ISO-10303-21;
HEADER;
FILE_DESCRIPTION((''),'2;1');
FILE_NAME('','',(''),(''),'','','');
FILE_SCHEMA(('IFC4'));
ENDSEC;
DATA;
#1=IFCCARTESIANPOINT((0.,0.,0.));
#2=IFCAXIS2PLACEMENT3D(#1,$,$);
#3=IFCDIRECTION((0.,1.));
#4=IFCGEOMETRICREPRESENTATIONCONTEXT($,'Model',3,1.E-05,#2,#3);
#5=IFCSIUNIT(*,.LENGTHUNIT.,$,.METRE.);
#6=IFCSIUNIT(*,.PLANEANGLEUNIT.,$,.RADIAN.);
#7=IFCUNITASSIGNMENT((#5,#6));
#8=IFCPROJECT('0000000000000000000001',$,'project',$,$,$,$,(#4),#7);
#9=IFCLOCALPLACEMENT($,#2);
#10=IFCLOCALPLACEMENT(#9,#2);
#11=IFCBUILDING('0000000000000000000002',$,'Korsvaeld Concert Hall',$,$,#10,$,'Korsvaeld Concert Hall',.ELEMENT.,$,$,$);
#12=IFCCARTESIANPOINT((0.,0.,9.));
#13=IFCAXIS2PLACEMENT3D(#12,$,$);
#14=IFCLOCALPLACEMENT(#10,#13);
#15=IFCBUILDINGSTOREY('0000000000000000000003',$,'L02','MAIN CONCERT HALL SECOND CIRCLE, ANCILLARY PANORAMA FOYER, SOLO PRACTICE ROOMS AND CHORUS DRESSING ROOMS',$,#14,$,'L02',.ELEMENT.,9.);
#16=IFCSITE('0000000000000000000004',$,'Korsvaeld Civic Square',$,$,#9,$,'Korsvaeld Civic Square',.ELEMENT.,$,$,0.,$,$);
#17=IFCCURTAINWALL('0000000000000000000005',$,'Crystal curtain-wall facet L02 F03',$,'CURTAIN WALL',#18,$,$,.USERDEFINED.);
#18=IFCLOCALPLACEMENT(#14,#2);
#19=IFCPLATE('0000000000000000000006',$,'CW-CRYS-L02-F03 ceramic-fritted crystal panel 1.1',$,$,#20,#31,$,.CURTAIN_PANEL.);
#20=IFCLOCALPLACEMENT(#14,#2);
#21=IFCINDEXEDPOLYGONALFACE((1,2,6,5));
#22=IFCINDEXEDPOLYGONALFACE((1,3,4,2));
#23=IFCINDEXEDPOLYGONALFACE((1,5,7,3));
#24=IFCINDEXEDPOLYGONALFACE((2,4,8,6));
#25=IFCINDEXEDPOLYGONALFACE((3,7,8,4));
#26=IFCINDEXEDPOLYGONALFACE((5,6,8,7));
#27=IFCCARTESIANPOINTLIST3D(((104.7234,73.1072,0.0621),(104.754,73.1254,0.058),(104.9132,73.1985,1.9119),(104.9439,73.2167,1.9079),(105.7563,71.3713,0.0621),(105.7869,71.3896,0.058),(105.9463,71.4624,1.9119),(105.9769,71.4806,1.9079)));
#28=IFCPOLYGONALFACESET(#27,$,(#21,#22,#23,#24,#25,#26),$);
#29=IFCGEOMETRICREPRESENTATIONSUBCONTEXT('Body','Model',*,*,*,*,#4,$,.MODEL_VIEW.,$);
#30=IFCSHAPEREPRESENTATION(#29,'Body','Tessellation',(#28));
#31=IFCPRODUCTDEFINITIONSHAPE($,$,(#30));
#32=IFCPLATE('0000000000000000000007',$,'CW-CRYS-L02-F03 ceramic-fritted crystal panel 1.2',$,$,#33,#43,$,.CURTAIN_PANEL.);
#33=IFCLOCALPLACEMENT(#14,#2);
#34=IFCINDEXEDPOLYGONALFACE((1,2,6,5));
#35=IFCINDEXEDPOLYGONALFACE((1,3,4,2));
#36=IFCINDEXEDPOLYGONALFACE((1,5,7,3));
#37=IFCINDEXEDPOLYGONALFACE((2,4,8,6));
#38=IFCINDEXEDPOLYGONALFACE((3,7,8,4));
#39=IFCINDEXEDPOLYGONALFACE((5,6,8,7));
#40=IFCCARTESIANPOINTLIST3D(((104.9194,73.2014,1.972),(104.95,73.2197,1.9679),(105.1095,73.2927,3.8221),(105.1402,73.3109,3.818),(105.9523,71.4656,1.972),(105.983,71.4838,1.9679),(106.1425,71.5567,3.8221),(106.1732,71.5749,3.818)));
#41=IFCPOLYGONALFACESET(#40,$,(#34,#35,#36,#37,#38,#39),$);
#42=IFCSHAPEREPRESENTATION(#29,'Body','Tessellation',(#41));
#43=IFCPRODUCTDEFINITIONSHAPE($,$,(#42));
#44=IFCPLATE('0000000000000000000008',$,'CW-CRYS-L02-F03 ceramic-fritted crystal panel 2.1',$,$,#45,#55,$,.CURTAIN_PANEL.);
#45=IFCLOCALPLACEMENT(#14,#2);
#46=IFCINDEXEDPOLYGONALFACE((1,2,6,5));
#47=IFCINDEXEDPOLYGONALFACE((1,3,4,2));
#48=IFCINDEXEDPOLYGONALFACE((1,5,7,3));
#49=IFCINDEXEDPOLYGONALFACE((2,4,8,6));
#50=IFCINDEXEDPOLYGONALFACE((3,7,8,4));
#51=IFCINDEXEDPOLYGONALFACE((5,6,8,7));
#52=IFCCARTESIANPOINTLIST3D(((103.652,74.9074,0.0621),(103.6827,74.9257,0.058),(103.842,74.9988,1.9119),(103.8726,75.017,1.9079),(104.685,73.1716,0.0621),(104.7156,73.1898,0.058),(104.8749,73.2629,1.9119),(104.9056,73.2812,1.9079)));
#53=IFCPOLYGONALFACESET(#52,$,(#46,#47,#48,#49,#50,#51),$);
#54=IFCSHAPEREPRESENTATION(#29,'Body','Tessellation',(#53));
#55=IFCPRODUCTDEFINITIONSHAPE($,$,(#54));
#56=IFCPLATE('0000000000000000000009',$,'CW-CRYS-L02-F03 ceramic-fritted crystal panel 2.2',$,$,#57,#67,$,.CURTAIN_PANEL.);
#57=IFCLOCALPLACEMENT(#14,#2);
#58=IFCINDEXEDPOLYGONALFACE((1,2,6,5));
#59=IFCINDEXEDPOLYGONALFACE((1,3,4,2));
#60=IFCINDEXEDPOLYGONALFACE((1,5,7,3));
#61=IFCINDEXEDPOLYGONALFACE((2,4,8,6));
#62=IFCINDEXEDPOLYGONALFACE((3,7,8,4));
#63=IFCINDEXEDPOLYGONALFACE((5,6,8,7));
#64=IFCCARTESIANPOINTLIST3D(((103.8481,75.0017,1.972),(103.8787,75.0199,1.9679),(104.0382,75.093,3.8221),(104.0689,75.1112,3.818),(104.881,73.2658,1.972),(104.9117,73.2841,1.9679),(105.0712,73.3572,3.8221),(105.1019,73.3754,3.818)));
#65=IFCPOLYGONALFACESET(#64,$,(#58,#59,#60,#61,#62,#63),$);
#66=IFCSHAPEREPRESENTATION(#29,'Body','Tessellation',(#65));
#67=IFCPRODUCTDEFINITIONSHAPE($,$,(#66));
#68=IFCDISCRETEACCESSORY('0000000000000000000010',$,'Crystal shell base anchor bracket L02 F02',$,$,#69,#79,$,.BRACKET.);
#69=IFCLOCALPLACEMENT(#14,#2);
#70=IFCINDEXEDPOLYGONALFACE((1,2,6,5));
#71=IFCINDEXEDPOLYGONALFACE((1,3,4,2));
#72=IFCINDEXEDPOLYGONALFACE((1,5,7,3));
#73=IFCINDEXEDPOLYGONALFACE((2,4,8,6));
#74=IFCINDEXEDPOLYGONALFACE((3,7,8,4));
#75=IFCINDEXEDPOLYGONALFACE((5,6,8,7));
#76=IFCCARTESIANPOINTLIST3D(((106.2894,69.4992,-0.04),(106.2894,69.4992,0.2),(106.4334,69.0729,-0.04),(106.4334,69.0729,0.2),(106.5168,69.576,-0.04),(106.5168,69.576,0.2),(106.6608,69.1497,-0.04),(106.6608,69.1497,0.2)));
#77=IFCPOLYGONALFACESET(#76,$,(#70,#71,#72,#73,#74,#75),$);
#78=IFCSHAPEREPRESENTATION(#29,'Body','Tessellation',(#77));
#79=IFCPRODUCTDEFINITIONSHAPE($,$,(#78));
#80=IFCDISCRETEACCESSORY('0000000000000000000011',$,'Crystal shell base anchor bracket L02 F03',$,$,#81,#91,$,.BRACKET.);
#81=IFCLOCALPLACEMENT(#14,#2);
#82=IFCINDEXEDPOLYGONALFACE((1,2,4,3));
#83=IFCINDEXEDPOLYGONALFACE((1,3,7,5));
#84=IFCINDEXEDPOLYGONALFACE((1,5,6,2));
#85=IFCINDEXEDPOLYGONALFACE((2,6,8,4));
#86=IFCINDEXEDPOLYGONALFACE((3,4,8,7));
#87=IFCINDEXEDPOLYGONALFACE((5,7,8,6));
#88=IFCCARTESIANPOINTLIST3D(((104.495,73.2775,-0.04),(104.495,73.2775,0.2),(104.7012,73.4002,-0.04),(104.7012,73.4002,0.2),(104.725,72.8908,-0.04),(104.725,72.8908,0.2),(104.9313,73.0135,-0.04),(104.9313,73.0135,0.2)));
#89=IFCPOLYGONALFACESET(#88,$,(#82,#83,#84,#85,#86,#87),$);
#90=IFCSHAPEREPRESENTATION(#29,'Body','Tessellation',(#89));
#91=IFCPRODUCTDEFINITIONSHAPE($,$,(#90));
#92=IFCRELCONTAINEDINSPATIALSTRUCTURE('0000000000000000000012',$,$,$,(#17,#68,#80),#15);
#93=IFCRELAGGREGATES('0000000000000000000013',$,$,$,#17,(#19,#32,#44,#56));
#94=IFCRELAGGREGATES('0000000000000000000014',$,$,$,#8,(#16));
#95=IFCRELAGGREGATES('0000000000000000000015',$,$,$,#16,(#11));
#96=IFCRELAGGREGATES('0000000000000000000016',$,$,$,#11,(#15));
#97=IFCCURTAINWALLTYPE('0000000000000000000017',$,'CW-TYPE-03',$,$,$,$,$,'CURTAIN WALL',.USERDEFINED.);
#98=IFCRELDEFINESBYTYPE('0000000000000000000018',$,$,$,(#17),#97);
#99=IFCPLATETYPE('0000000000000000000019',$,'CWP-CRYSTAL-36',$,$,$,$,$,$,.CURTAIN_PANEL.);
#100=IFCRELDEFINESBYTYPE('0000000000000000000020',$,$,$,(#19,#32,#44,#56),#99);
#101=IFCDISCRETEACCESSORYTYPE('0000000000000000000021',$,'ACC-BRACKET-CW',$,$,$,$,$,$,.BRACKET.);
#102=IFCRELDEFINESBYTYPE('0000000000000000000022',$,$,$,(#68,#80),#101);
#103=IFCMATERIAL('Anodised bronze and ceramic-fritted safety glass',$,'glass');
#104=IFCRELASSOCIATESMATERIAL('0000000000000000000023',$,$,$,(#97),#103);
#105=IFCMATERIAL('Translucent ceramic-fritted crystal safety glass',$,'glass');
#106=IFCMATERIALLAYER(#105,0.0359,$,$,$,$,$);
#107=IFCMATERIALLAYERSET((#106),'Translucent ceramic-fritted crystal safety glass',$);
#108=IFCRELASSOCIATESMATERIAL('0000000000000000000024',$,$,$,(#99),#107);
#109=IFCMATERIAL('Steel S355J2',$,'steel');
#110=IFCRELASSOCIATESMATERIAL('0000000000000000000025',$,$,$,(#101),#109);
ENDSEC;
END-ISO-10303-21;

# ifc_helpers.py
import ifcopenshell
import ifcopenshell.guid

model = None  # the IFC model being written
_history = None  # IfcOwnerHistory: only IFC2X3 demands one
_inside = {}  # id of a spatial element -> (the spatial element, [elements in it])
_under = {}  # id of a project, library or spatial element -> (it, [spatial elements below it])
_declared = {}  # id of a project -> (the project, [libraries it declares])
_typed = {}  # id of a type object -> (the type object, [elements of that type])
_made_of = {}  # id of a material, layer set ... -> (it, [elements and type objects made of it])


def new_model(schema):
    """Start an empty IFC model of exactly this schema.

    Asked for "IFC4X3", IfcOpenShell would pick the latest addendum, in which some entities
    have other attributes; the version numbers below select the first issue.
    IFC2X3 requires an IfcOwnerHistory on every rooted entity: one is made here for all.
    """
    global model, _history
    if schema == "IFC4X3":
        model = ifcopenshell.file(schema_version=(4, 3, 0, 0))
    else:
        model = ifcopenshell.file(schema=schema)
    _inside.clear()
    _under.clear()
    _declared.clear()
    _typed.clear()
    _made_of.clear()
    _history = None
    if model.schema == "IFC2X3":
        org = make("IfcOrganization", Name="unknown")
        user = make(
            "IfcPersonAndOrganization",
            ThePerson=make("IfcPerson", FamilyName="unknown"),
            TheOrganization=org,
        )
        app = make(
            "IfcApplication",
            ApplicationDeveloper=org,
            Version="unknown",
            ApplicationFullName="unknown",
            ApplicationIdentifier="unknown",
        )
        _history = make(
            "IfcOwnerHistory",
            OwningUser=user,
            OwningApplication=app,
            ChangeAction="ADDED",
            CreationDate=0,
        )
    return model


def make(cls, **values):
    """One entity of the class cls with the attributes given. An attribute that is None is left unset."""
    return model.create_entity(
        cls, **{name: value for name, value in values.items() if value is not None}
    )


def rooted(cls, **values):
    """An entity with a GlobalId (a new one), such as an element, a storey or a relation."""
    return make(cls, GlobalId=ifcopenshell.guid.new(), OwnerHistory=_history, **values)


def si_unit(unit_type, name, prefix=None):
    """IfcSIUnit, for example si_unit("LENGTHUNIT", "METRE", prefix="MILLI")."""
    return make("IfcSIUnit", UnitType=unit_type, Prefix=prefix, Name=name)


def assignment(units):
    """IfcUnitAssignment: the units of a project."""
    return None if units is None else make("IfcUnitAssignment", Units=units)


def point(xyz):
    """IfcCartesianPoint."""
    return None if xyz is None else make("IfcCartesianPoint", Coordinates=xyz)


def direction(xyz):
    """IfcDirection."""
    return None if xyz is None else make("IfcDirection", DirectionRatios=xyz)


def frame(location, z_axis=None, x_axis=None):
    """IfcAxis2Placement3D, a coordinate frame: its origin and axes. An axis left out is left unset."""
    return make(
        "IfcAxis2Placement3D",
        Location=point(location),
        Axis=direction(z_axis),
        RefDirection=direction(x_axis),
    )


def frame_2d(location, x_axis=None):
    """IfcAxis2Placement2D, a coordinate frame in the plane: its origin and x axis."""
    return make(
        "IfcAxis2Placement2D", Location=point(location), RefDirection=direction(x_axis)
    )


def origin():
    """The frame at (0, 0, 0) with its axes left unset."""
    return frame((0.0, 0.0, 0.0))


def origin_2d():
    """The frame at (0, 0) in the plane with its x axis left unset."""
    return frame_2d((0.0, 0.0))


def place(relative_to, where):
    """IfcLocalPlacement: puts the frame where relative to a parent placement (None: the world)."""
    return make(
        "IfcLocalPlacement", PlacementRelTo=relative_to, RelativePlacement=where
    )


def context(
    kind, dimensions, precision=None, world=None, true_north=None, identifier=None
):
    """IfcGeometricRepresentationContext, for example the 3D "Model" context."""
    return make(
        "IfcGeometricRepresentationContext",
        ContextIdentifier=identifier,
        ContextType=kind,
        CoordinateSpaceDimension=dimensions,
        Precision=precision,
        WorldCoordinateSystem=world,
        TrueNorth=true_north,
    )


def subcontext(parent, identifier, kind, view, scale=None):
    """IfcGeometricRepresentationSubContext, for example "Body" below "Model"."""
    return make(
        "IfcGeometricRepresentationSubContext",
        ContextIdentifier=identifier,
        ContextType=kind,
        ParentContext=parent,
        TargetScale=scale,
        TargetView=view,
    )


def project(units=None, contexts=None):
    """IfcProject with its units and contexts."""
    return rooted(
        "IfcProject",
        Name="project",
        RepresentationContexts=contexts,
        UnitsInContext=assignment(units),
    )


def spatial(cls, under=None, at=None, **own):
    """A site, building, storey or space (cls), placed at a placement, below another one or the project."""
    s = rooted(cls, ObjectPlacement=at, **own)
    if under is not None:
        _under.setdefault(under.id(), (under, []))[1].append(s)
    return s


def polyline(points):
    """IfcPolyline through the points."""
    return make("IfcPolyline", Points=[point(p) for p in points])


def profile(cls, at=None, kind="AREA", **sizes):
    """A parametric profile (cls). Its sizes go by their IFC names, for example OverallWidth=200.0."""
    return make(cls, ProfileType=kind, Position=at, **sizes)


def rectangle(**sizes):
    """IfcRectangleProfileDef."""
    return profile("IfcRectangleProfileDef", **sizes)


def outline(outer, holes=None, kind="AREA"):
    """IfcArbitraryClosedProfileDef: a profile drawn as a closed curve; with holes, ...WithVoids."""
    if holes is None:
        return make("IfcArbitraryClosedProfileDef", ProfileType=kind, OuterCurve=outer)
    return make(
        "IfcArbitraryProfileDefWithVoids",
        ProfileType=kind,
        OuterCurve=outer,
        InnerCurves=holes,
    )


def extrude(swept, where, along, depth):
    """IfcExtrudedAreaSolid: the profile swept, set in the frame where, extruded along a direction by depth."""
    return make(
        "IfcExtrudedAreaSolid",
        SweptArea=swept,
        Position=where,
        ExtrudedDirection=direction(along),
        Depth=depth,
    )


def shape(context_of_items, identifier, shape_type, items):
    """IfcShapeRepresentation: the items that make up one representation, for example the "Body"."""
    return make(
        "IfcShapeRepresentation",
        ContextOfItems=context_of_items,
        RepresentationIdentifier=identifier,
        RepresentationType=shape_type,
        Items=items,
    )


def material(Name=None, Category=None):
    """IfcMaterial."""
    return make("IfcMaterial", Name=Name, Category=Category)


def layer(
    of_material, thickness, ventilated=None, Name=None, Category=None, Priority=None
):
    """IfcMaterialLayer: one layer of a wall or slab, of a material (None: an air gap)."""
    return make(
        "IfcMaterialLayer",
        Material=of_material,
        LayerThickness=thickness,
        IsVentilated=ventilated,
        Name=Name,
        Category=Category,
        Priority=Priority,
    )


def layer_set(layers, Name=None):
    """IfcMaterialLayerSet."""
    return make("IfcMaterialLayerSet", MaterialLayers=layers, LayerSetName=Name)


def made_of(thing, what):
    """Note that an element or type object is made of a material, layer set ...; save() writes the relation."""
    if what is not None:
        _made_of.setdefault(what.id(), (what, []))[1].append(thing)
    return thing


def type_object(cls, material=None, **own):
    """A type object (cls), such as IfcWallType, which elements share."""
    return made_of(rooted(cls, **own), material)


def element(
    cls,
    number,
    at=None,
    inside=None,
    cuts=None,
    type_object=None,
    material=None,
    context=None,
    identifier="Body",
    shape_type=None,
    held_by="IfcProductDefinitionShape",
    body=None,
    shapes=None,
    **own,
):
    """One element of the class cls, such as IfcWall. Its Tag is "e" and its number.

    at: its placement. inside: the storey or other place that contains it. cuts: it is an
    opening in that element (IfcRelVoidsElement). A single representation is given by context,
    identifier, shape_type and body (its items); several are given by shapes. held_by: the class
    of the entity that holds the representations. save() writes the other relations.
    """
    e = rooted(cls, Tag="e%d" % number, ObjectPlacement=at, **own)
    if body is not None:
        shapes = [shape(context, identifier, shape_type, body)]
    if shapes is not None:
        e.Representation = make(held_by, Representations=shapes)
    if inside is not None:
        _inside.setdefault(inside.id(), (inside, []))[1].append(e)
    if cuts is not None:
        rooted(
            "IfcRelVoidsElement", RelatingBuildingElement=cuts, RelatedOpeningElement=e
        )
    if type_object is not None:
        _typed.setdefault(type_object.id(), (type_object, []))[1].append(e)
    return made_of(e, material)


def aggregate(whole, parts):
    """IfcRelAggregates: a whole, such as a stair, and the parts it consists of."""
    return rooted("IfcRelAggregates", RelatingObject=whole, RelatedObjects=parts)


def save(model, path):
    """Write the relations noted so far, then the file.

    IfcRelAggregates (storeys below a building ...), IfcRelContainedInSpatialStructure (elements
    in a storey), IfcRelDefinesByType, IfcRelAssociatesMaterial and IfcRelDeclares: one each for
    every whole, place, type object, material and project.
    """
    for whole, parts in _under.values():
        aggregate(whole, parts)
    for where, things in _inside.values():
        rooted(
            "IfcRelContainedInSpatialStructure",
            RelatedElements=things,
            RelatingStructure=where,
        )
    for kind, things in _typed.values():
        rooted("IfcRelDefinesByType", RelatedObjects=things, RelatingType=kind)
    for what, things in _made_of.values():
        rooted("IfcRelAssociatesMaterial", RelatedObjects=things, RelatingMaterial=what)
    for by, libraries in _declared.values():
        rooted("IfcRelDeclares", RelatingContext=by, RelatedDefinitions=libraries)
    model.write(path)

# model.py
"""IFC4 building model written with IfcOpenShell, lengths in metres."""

from ifc_helpers import new_model, si_unit, direction, frame, origin, origin_2d, place, context, subcontext, project, spatial, polyline, rectangle, outline, extrude, material, layer, layer_set, type_object, element, aggregate, save


model = new_model("IFC4")

# Units and contexts
model_context = context("Model", 3, precision=1e-05, world=origin(), true_north=direction((0.0, 1.0)))
body_context = subcontext(model_context, "Body", "Model", "MODEL_VIEW")
ifc_project = project(units=[si_unit("LENGTHUNIT", "METRE"), si_unit("PLANEANGLEUNIT", "RADIAN")], contexts=[model_context])

# Site, building, storey
site_placement = place(None, origin())
site = spatial("IfcSite", under=ifc_project, at=site_placement, Name="Korsvaeld Civic Square", LongName="Korsvaeld Civic Square", CompositionType="ELEMENT", RefElevation=0.0)
building_placement = place(site_placement, origin())
building = spatial("IfcBuilding", under=site, at=building_placement, Name="Korsvaeld Concert Hall", LongName="Korsvaeld Concert Hall", CompositionType="ELEMENT")
storey_placement = place(building_placement, frame((0.0, 0.0, 9.0)))
storey = spatial("IfcBuildingStorey", under=building, at=storey_placement, Name="L02", Description="MAIN CONCERT HALL SECOND CIRCLE, ANCILLARY PANORAMA FOYER, SOLO PRACTICE ROOMS AND CHORUS DRESSING ROOMS", LongName="L02", CompositionType="ELEMENT", Elevation=9.0)

# Curtain wall
ifc_material_1 = material(Name="Anodised bronze and ceramic-fritted safety glass", Category="glass")
curtain_wall_type_1 = type_object("IfcCurtainWallType", Name="CW-TYPE-03", ElementType="CURTAIN WALL", PredefinedType="USERDEFINED", material=ifc_material_1)
curtain_wall_1_placement = place(storey_placement, origin())
curtain_wall_1 = element("IfcCurtainWall", 1, at=curtain_wall_1_placement, inside=storey, type_object=curtain_wall_type_1, Name="Crystal curtain-wall facet L02 F03", ObjectType="CURTAIN WALL", PredefinedType="USERDEFINED")

# Plates
ifc_material_2 = material(Name="Translucent ceramic-fritted crystal safety glass", Category="glass")
ifc_layer = layer(ifc_material_2, 0.0359)
ifc_layer_set = layer_set([ifc_layer], Name="Translucent ceramic-fritted crystal safety glass")
plate_type = type_object("IfcPlateType", Name="CWP-CRYSTAL-36", PredefinedType="CURTAIN_PANEL", material=ifc_layer_set)
plate_1_placement = place(storey_placement, frame((105.7715, 71.3804, 0.0601), z_axis=(0.853892, 0.508096, -0.112723), x_axis=(-0.511356, 0.859369, -0.000003)))
plate_1 = element("IfcPlate", 2, at=plate_1_placement, type_object=plate_type, Name="CW-CRYS-L02-F03 ceramic-fritted crystal panel 1.1", PredefinedType="CURTAIN_PANEL", context=body_context, shape_type="SweptSolid", body=[
    extrude(outline(polyline([(0.0, 0.0), (2.0199, 0.0), (2.0013, 1.8617), (-0.0189, 1.8617), (0.0, 0.0)])), frame((0.0, 0.0, 0.0181)), (0.0, 0.0, -1.0), 0.0359),
])
plate_2_placement = place(storey_placement, frame((105.9675, 71.4746, 1.97), z_axis=(0.853883, 0.508091, -0.11282), x_axis=(-0.511356, 0.859369, -0.000003)))
plate_2 = element("IfcPlate", 3, at=plate_2_placement, type_object=plate_type, Name="CW-CRYS-L02-F03 ceramic-fritted crystal panel 1.2", PredefinedType="CURTAIN_PANEL", context=body_context, shape_type="SweptSolid", body=[
    extrude(outline(polyline([(0.0, 0.0), (2.0199, 0.0), (2.0011, 1.862), (-0.019, 1.862), (0.0, 0.0)])), frame((0.0, 0.0, 0.0181)), (0.0, 0.0, -1.0), 0.0359),
])
plate_3_placement = place(storey_placement, frame((104.7002, 73.1807, 0.0601), z_axis=(0.853873, 0.508121, -0.112756), x_axis=(-0.511382, 0.859354, 0.0)))
plate_3 = element("IfcPlate", 4, at=plate_3_placement, type_object=plate_type, Name="CW-CRYS-L02-F03 ceramic-fritted crystal panel 2.1", PredefinedType="CURTAIN_PANEL", context=body_context, shape_type="SweptSolid", body=[
    extrude(outline(polyline([(0.0, 0.0), (2.0199, 0.0), (2.0013, 1.8617), (-0.0187, 1.8617), (0.0, 0.0)])), frame((0.0, 0.0, 0.0181)), (0.0, 0.0, -1.0), 0.0359),
])
plate_4_placement = place(storey_placement, frame((104.8962, 73.2749, 1.97), z_axis=(0.853864, 0.508115, -0.112852), x_axis=(-0.511382, 0.859354, 0.0)))
plate_4 = element("IfcPlate", 5, at=plate_4_placement, type_object=plate_type, Name="CW-CRYS-L02-F03 ceramic-fritted crystal panel 2.2", PredefinedType="CURTAIN_PANEL", context=body_context, shape_type="SweptSolid", body=[
    extrude(outline(polyline([(0.0, 0.0), (2.0199, 0.0), (2.0011, 1.862), (-0.0188, 1.862), (0.0, 0.0)])), frame((0.0, 0.0, 0.0181)), (0.0, 0.0, -1.0), 0.0359),
])
aggregate(curtain_wall_1, [plate_1, plate_2, plate_3, plate_4])

# Discrete accessories
ifc_material_3 = material(Name="Steel S355J2", Category="steel")
discrete_accessory_type = type_object("IfcDiscreteAccessoryType", Name="ACC-BRACKET-CW", PredefinedType="BRACKET", material=ifc_material_3)
for number, where, z_axis, x_axis, name in (
    (6, (106.4751, 69.3245, -0.04), (0.0, 0.0, 1.0), (-0.319952, 0.947434, 0.0), "Crystal shell base anchor bracket L02 F02"),
    (7, (104.7131, 73.1455, -0.04), (0.0, 0.0, 1.0), (-0.511293, 0.859406, 0.0), "Crystal shell base anchor bracket L02 F03"),
):
    element("IfcDiscreteAccessory", number, at=place(storey_placement, frame(where, z_axis=z_axis, x_axis=x_axis)), inside=storey, type_object=discrete_accessory_type, Name=name, PredefinedType="BRACKET", context=body_context, shape_type="SweptSolid", body=[
        extrude(rectangle(XDim=0.45, YDim=0.24, at=origin_2d()), origin(), (0.0, 0.0, 1.0), 0.24),
    ])

save(model, "model.ifc")
